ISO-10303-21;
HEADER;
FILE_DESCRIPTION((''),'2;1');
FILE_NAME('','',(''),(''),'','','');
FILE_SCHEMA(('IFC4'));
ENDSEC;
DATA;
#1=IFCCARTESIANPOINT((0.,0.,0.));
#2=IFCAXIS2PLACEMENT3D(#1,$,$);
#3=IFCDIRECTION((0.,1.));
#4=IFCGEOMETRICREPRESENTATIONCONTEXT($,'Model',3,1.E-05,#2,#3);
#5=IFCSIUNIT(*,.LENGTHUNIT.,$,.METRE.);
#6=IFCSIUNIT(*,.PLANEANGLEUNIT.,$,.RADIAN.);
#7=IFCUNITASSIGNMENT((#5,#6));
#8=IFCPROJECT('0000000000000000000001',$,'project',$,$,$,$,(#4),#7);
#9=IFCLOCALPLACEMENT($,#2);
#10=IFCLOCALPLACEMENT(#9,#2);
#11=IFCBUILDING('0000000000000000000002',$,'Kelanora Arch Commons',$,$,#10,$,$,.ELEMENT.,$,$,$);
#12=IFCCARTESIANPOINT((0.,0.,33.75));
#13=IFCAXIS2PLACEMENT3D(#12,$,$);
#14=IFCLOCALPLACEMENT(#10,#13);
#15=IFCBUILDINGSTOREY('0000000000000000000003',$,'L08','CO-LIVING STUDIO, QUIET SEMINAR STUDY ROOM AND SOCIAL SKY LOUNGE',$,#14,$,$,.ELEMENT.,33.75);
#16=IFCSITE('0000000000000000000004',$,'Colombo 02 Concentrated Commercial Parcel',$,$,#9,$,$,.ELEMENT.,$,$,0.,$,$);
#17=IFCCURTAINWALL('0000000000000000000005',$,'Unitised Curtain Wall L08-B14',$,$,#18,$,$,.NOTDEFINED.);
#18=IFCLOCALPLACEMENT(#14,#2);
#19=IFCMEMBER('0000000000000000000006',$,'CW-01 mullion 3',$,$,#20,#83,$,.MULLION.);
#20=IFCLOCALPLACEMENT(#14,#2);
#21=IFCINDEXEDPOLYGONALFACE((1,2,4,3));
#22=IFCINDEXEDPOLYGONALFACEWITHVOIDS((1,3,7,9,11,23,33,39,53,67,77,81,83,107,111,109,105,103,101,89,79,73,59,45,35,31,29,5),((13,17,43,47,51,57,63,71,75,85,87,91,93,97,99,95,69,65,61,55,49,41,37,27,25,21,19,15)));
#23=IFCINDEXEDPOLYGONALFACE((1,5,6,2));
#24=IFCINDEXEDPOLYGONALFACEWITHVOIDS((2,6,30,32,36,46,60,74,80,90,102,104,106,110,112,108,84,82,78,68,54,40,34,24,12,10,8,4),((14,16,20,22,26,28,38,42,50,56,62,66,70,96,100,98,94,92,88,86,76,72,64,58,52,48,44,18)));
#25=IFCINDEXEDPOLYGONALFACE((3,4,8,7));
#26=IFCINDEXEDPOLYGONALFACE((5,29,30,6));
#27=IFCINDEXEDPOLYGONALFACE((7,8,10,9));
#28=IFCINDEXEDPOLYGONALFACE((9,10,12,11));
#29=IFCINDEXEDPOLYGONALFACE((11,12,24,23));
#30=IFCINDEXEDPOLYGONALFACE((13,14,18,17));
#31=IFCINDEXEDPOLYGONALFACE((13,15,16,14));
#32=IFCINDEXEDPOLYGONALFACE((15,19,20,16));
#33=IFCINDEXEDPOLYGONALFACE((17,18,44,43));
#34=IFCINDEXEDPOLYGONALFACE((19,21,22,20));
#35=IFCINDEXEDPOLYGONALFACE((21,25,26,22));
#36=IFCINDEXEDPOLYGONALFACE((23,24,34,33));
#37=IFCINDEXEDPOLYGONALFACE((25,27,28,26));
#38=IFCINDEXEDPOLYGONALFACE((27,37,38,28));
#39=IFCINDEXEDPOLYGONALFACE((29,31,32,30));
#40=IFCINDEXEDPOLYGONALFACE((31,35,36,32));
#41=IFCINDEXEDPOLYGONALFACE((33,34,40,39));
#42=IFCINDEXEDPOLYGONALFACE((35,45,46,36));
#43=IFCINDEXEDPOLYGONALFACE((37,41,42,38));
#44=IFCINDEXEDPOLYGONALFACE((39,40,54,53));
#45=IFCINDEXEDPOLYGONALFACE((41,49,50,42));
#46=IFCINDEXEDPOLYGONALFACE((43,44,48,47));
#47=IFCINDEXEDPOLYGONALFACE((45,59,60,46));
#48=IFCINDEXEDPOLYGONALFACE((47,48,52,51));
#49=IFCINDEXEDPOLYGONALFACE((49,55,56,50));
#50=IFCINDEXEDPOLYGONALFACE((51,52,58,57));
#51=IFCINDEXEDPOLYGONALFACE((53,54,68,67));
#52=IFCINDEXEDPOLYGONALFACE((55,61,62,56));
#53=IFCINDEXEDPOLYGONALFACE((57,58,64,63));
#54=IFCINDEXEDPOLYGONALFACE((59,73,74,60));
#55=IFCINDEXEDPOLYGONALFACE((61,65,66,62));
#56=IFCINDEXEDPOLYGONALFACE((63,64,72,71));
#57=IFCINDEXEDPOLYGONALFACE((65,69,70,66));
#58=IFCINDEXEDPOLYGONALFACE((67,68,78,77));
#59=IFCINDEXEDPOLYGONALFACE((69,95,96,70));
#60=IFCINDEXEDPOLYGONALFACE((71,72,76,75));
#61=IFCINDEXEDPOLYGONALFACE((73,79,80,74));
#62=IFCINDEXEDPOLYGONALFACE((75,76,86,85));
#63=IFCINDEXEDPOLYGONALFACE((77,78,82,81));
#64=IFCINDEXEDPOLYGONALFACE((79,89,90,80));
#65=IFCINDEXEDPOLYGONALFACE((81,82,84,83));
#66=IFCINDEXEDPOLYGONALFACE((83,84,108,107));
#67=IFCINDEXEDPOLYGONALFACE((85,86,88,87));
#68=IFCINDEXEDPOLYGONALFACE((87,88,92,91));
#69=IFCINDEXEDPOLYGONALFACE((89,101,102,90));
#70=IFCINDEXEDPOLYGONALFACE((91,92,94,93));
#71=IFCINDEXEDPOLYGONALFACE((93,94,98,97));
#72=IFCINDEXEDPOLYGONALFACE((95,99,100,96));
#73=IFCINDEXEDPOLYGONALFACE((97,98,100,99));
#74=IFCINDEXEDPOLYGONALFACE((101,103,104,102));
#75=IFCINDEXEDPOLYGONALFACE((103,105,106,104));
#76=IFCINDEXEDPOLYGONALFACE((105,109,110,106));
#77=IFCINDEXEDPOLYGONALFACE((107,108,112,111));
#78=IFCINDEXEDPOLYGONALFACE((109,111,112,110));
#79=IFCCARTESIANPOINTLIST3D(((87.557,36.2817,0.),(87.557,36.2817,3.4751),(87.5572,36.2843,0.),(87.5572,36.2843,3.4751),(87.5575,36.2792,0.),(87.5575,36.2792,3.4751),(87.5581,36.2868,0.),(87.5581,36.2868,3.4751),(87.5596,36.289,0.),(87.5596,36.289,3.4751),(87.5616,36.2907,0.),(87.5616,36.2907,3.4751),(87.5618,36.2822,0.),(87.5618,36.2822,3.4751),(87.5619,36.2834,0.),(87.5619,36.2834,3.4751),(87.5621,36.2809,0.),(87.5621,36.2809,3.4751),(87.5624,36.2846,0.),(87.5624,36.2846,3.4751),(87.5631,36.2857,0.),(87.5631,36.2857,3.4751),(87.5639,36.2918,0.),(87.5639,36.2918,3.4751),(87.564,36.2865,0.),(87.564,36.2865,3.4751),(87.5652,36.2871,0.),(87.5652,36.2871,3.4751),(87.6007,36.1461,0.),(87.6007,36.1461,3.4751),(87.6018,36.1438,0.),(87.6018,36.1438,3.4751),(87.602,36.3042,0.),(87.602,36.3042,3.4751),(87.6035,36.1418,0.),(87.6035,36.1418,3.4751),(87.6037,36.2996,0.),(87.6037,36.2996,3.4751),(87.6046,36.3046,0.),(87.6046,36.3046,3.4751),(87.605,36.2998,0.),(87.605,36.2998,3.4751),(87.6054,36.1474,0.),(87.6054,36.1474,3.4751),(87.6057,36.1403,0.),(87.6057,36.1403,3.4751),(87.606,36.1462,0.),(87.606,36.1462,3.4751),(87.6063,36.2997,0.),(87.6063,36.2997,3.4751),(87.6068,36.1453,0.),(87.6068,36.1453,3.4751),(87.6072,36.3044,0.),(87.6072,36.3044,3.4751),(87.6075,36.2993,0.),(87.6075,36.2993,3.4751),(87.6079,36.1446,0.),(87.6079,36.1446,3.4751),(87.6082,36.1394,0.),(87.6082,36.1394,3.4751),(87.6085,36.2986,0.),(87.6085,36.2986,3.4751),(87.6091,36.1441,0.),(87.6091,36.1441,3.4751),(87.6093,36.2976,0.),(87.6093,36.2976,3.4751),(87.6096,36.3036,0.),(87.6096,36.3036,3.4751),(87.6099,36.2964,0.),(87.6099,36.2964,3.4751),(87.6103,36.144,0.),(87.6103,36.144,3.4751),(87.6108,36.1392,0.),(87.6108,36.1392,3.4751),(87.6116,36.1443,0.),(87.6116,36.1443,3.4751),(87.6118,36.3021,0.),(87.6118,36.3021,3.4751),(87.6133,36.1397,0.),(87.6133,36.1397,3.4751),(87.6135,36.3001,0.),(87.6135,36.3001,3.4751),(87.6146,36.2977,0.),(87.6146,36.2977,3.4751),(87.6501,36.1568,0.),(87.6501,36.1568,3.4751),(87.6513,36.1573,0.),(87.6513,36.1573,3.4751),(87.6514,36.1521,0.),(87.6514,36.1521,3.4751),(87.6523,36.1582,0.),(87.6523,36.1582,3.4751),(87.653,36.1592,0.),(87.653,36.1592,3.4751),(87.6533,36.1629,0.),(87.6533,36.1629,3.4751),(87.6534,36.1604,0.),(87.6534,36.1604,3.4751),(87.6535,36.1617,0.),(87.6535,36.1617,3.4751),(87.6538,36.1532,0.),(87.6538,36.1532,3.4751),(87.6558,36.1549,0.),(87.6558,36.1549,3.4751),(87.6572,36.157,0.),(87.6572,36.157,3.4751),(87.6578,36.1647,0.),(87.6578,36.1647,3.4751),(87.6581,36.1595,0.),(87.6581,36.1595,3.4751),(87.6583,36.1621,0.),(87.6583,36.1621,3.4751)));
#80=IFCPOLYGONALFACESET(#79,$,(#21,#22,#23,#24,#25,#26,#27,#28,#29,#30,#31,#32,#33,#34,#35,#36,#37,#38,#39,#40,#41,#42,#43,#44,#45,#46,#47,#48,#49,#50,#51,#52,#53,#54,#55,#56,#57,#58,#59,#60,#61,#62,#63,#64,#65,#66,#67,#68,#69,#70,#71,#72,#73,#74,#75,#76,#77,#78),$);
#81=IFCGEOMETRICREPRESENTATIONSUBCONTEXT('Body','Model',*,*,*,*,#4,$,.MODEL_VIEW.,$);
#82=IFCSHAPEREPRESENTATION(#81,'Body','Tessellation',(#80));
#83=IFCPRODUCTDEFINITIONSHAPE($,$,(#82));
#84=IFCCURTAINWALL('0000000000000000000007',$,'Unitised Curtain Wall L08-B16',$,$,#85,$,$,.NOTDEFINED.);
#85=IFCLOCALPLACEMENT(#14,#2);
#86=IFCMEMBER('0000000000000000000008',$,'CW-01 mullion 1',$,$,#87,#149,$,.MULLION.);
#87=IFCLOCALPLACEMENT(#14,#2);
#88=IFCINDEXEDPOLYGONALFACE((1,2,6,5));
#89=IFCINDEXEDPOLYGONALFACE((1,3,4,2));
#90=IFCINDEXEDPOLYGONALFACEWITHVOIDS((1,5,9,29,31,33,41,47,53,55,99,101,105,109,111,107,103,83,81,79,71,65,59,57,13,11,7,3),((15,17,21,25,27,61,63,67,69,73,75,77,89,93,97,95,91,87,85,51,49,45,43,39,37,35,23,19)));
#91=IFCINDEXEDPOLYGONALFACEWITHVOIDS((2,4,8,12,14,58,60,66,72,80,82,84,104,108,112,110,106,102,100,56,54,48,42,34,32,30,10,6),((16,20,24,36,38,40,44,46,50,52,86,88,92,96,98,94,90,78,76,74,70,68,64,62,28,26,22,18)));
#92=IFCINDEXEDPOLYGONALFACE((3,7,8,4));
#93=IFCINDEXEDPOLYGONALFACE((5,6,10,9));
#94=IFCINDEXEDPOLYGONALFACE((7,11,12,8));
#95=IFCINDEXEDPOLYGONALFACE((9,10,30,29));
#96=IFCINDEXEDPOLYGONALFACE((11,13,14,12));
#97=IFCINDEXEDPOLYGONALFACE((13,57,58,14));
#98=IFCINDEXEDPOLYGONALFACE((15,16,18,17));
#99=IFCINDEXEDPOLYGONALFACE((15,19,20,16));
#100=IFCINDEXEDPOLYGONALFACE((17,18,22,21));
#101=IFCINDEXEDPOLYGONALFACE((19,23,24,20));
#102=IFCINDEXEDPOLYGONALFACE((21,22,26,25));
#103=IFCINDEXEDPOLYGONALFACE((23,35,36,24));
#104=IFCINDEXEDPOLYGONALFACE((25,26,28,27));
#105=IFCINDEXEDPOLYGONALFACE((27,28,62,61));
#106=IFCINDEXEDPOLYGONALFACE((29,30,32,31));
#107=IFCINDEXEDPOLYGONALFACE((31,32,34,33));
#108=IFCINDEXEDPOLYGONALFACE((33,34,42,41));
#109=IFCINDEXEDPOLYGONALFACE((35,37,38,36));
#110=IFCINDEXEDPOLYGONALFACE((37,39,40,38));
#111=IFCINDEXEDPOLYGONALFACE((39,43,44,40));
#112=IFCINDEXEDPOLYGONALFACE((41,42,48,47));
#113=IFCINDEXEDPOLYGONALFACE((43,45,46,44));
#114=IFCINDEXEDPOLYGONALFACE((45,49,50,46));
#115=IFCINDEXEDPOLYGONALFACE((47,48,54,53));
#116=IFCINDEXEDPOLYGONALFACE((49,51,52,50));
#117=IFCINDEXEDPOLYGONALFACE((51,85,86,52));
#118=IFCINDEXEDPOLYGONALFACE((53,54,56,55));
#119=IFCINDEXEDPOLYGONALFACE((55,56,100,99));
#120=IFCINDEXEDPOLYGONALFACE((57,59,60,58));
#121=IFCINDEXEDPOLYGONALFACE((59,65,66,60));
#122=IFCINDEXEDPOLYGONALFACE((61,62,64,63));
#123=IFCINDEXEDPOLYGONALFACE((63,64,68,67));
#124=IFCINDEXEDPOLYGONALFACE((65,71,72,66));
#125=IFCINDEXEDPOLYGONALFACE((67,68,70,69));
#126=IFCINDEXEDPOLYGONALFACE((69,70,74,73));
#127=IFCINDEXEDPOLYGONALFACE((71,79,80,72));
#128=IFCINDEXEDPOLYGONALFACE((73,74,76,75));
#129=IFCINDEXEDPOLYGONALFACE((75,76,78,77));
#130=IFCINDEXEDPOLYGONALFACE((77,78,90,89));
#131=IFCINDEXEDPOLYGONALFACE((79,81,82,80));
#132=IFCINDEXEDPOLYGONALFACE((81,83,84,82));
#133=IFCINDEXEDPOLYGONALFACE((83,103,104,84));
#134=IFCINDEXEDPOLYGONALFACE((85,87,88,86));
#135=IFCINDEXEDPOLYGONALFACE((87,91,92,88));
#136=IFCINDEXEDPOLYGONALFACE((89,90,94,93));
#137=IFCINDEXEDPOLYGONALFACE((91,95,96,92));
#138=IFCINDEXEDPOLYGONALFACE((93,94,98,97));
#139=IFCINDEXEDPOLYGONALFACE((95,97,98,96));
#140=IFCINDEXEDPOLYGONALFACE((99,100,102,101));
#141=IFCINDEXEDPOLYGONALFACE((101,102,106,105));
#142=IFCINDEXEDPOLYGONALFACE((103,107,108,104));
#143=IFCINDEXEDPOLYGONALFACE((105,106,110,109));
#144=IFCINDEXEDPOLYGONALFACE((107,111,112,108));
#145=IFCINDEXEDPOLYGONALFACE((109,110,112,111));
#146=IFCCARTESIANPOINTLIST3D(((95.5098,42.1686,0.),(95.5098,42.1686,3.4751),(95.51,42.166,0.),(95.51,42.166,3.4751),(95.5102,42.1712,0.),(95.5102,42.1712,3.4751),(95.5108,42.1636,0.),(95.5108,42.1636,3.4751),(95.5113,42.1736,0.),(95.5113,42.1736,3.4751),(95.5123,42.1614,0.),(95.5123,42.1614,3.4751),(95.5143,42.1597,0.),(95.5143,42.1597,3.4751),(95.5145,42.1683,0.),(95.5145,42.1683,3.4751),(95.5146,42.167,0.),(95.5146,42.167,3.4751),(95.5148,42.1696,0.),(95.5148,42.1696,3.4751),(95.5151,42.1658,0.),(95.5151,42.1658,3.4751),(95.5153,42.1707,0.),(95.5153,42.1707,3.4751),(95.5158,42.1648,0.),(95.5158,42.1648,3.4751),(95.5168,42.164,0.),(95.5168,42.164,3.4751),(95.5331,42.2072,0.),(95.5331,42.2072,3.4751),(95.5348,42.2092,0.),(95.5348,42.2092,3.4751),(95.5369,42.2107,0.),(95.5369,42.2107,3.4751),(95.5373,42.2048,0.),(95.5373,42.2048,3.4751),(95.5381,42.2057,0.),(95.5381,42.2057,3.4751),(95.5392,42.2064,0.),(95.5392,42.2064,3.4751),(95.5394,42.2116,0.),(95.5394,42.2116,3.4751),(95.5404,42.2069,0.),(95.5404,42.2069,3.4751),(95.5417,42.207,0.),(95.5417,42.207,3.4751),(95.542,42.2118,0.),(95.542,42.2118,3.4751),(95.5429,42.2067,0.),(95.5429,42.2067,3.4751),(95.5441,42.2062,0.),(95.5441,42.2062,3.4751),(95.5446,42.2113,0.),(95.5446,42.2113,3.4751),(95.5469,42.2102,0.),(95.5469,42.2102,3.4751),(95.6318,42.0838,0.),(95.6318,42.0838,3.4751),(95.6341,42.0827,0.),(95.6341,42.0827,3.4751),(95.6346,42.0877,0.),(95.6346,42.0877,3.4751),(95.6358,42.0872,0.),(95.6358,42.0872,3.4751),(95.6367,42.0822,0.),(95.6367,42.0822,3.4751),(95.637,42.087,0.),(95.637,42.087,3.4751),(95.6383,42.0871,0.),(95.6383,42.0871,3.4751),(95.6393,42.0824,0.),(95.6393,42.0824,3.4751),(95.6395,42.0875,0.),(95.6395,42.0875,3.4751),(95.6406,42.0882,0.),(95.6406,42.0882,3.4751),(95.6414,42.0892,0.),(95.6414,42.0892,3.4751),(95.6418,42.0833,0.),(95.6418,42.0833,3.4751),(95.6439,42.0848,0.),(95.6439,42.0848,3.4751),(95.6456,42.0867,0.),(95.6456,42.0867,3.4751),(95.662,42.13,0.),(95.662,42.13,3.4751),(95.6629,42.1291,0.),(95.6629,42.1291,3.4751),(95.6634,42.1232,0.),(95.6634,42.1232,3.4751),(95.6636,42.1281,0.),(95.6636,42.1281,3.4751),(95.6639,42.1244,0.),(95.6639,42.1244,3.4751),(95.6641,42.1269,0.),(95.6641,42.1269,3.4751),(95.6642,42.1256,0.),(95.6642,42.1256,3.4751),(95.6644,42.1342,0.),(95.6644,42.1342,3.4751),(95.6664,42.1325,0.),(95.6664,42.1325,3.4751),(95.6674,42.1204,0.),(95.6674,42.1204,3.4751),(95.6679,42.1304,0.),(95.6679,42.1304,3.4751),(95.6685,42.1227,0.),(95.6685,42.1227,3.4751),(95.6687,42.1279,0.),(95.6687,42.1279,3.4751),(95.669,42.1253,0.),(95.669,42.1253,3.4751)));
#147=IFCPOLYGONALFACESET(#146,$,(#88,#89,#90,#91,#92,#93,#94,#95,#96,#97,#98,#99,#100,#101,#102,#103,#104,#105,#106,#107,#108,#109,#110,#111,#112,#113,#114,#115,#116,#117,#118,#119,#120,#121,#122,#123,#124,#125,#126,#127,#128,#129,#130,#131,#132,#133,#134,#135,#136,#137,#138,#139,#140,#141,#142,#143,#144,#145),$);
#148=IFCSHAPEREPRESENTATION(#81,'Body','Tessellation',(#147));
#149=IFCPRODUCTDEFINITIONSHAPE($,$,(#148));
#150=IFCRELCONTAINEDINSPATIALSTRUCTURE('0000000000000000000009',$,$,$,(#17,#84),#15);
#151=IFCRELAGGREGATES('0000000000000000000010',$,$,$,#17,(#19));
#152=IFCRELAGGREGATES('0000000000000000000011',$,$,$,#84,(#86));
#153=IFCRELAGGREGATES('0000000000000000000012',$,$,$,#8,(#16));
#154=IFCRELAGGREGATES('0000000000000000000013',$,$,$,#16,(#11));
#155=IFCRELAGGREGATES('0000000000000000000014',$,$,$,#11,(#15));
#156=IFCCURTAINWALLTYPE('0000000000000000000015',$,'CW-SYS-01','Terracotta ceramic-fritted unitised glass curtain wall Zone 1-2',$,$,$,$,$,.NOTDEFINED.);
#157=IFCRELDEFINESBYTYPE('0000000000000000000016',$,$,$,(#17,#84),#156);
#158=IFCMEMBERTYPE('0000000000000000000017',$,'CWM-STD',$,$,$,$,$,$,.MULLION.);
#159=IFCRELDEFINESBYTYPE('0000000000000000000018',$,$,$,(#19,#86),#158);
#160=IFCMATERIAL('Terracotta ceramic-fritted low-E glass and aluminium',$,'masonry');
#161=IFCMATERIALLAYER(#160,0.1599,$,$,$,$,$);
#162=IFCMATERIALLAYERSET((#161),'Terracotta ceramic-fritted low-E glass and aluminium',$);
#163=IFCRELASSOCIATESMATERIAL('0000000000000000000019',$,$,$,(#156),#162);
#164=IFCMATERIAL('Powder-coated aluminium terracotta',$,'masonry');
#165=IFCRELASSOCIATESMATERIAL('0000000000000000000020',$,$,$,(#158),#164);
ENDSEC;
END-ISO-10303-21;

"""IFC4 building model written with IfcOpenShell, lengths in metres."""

from ifc_helpers import new_model, si_unit, direction, frame, origin, origin_2d, place, context, subcontext, project, spatial, hollow_rectangle, extrude, material, layer, layer_set, material_profile, profile_set, type_object, element, aggregate, save


model = new_model("IFC4")

# Units and contexts
model_context = context("Model", 3, precision=1e-05, world=origin(), true_north=direction((0.0, 1.0)))
body_context = subcontext(model_context, "Body", "Model", "MODEL_VIEW")
ifc_project = project(units=[si_unit("LENGTHUNIT", "METRE"), si_unit("PLANEANGLEUNIT", "RADIAN")], contexts=[model_context])

# Site, building, storey
site_placement = place(None, origin())
site = spatial("IfcSite", under=ifc_project, at=site_placement, Name="Colombo 02 Concentrated Commercial Parcel", CompositionType="ELEMENT", RefElevation=0.0)
building_placement = place(site_placement, origin())
building = spatial("IfcBuilding", under=site, at=building_placement, Name="Kelanora Arch Commons", CompositionType="ELEMENT")
storey_placement = place(building_placement, frame((0.0, 0.0, 33.75)))
storey = spatial("IfcBuildingStorey", under=building, at=storey_placement, Name="L08", Description="CO-LIVING STUDIO, QUIET SEMINAR STUDY ROOM AND SOCIAL SKY LOUNGE", CompositionType="ELEMENT", Elevation=33.75)

# Curtain wall, member
ifc_material_1 = material(Name="Terracotta ceramic-fritted low-E glass and aluminium", Category="masonry")
ifc_layer_1 = layer(ifc_material_1, 0.1599)
ifc_layer_set_1 = layer_set([ifc_layer_1], Name="Terracotta ceramic-fritted low-E glass and aluminium")
curtain_wall_type = type_object("IfcCurtainWallType", Name="CW-SYS-01", Description="Terracotta ceramic-fritted unitised glass curtain wall Zone 1-2", PredefinedType="NOTDEFINED", material=ifc_layer_set_1)
curtain_wall_1_placement = place(storey_placement, origin())
curtain_wall_1 = element("IfcCurtainWall", 1, at=curtain_wall_1_placement, inside=storey, type_object=curtain_wall_type, Name="Unitised Curtain Wall L08-B14", PredefinedType="NOTDEFINED")
ifc_material_2 = material(Name="Powder-coated aluminium terracotta", Category="masonry")
ifc_material_profile_1 = material_profile(ifc_material_2, hollow_rectangle(XDim=0.1599, YDim=0.0601, WallThickness=0.0049, InnerFilletRadius=0.0049, OuterFilletRadius=0.01, at=origin_2d()), Name="CWM160x60")
ifc_profile_set_1 = profile_set([ifc_material_profile_1], Name="Powder-coated aluminium terracotta")
member_type_1 = type_object("IfcMemberType", Name="CWM-STD", PredefinedType="MULLION", material=ifc_profile_set_1)
member_1_placement = place(storey_placement, frame((87.6077, 36.2219, 0.0), z_axis=(0.0, 0.0, 1.0), x_axis=(-0.309058, 0.951043, 0.0)))
member_1 = element("IfcMember", 2, at=member_1_placement, type_object=member_type_1, Name="CW-01 mullion 3", PredefinedType="MULLION", context=body_context, shape_type="SweptSolid", body=[
    extrude(hollow_rectangle(XDim=0.1599, YDim=0.0601, WallThickness=0.0049, InnerFilletRadius=0.0049, OuterFilletRadius=0.01, at=origin_2d()), origin(), (0.0, 0.0, 1.0), 3.4751),
])
aggregate(curtain_wall_1, [member_1])

# Curtain wall, member
curtain_wall_2_placement = place(storey_placement, origin())
curtain_wall_2 = element("IfcCurtainWall", 3, at=curtain_wall_2_placement, inside=storey, type_object=curtain_wall_type, Name="Unitised Curtain Wall L08-B16", PredefinedType="NOTDEFINED")
member_2_placement = place(storey_placement, frame((95.5894, 42.147, 0.0), z_axis=(0.0, 0.0, 1.0), x_axis=(-0.83973, 0.543004, 0.0)))
member_2 = element("IfcMember", 4, at=member_2_placement, type_object=member_type_1, Name="CW-01 mullion 1", PredefinedType="MULLION", context=body_context, shape_type="SweptSolid", body=[
    extrude(hollow_rectangle(XDim=0.1599, YDim=0.0601, WallThickness=0.0049, InnerFilletRadius=0.0049, OuterFilletRadius=0.01, at=origin_2d()), origin(), (0.0, 0.0, 1.0), 3.4751),
])
aggregate(curtain_wall_2, [member_2])

save(model, "model.ifc")
